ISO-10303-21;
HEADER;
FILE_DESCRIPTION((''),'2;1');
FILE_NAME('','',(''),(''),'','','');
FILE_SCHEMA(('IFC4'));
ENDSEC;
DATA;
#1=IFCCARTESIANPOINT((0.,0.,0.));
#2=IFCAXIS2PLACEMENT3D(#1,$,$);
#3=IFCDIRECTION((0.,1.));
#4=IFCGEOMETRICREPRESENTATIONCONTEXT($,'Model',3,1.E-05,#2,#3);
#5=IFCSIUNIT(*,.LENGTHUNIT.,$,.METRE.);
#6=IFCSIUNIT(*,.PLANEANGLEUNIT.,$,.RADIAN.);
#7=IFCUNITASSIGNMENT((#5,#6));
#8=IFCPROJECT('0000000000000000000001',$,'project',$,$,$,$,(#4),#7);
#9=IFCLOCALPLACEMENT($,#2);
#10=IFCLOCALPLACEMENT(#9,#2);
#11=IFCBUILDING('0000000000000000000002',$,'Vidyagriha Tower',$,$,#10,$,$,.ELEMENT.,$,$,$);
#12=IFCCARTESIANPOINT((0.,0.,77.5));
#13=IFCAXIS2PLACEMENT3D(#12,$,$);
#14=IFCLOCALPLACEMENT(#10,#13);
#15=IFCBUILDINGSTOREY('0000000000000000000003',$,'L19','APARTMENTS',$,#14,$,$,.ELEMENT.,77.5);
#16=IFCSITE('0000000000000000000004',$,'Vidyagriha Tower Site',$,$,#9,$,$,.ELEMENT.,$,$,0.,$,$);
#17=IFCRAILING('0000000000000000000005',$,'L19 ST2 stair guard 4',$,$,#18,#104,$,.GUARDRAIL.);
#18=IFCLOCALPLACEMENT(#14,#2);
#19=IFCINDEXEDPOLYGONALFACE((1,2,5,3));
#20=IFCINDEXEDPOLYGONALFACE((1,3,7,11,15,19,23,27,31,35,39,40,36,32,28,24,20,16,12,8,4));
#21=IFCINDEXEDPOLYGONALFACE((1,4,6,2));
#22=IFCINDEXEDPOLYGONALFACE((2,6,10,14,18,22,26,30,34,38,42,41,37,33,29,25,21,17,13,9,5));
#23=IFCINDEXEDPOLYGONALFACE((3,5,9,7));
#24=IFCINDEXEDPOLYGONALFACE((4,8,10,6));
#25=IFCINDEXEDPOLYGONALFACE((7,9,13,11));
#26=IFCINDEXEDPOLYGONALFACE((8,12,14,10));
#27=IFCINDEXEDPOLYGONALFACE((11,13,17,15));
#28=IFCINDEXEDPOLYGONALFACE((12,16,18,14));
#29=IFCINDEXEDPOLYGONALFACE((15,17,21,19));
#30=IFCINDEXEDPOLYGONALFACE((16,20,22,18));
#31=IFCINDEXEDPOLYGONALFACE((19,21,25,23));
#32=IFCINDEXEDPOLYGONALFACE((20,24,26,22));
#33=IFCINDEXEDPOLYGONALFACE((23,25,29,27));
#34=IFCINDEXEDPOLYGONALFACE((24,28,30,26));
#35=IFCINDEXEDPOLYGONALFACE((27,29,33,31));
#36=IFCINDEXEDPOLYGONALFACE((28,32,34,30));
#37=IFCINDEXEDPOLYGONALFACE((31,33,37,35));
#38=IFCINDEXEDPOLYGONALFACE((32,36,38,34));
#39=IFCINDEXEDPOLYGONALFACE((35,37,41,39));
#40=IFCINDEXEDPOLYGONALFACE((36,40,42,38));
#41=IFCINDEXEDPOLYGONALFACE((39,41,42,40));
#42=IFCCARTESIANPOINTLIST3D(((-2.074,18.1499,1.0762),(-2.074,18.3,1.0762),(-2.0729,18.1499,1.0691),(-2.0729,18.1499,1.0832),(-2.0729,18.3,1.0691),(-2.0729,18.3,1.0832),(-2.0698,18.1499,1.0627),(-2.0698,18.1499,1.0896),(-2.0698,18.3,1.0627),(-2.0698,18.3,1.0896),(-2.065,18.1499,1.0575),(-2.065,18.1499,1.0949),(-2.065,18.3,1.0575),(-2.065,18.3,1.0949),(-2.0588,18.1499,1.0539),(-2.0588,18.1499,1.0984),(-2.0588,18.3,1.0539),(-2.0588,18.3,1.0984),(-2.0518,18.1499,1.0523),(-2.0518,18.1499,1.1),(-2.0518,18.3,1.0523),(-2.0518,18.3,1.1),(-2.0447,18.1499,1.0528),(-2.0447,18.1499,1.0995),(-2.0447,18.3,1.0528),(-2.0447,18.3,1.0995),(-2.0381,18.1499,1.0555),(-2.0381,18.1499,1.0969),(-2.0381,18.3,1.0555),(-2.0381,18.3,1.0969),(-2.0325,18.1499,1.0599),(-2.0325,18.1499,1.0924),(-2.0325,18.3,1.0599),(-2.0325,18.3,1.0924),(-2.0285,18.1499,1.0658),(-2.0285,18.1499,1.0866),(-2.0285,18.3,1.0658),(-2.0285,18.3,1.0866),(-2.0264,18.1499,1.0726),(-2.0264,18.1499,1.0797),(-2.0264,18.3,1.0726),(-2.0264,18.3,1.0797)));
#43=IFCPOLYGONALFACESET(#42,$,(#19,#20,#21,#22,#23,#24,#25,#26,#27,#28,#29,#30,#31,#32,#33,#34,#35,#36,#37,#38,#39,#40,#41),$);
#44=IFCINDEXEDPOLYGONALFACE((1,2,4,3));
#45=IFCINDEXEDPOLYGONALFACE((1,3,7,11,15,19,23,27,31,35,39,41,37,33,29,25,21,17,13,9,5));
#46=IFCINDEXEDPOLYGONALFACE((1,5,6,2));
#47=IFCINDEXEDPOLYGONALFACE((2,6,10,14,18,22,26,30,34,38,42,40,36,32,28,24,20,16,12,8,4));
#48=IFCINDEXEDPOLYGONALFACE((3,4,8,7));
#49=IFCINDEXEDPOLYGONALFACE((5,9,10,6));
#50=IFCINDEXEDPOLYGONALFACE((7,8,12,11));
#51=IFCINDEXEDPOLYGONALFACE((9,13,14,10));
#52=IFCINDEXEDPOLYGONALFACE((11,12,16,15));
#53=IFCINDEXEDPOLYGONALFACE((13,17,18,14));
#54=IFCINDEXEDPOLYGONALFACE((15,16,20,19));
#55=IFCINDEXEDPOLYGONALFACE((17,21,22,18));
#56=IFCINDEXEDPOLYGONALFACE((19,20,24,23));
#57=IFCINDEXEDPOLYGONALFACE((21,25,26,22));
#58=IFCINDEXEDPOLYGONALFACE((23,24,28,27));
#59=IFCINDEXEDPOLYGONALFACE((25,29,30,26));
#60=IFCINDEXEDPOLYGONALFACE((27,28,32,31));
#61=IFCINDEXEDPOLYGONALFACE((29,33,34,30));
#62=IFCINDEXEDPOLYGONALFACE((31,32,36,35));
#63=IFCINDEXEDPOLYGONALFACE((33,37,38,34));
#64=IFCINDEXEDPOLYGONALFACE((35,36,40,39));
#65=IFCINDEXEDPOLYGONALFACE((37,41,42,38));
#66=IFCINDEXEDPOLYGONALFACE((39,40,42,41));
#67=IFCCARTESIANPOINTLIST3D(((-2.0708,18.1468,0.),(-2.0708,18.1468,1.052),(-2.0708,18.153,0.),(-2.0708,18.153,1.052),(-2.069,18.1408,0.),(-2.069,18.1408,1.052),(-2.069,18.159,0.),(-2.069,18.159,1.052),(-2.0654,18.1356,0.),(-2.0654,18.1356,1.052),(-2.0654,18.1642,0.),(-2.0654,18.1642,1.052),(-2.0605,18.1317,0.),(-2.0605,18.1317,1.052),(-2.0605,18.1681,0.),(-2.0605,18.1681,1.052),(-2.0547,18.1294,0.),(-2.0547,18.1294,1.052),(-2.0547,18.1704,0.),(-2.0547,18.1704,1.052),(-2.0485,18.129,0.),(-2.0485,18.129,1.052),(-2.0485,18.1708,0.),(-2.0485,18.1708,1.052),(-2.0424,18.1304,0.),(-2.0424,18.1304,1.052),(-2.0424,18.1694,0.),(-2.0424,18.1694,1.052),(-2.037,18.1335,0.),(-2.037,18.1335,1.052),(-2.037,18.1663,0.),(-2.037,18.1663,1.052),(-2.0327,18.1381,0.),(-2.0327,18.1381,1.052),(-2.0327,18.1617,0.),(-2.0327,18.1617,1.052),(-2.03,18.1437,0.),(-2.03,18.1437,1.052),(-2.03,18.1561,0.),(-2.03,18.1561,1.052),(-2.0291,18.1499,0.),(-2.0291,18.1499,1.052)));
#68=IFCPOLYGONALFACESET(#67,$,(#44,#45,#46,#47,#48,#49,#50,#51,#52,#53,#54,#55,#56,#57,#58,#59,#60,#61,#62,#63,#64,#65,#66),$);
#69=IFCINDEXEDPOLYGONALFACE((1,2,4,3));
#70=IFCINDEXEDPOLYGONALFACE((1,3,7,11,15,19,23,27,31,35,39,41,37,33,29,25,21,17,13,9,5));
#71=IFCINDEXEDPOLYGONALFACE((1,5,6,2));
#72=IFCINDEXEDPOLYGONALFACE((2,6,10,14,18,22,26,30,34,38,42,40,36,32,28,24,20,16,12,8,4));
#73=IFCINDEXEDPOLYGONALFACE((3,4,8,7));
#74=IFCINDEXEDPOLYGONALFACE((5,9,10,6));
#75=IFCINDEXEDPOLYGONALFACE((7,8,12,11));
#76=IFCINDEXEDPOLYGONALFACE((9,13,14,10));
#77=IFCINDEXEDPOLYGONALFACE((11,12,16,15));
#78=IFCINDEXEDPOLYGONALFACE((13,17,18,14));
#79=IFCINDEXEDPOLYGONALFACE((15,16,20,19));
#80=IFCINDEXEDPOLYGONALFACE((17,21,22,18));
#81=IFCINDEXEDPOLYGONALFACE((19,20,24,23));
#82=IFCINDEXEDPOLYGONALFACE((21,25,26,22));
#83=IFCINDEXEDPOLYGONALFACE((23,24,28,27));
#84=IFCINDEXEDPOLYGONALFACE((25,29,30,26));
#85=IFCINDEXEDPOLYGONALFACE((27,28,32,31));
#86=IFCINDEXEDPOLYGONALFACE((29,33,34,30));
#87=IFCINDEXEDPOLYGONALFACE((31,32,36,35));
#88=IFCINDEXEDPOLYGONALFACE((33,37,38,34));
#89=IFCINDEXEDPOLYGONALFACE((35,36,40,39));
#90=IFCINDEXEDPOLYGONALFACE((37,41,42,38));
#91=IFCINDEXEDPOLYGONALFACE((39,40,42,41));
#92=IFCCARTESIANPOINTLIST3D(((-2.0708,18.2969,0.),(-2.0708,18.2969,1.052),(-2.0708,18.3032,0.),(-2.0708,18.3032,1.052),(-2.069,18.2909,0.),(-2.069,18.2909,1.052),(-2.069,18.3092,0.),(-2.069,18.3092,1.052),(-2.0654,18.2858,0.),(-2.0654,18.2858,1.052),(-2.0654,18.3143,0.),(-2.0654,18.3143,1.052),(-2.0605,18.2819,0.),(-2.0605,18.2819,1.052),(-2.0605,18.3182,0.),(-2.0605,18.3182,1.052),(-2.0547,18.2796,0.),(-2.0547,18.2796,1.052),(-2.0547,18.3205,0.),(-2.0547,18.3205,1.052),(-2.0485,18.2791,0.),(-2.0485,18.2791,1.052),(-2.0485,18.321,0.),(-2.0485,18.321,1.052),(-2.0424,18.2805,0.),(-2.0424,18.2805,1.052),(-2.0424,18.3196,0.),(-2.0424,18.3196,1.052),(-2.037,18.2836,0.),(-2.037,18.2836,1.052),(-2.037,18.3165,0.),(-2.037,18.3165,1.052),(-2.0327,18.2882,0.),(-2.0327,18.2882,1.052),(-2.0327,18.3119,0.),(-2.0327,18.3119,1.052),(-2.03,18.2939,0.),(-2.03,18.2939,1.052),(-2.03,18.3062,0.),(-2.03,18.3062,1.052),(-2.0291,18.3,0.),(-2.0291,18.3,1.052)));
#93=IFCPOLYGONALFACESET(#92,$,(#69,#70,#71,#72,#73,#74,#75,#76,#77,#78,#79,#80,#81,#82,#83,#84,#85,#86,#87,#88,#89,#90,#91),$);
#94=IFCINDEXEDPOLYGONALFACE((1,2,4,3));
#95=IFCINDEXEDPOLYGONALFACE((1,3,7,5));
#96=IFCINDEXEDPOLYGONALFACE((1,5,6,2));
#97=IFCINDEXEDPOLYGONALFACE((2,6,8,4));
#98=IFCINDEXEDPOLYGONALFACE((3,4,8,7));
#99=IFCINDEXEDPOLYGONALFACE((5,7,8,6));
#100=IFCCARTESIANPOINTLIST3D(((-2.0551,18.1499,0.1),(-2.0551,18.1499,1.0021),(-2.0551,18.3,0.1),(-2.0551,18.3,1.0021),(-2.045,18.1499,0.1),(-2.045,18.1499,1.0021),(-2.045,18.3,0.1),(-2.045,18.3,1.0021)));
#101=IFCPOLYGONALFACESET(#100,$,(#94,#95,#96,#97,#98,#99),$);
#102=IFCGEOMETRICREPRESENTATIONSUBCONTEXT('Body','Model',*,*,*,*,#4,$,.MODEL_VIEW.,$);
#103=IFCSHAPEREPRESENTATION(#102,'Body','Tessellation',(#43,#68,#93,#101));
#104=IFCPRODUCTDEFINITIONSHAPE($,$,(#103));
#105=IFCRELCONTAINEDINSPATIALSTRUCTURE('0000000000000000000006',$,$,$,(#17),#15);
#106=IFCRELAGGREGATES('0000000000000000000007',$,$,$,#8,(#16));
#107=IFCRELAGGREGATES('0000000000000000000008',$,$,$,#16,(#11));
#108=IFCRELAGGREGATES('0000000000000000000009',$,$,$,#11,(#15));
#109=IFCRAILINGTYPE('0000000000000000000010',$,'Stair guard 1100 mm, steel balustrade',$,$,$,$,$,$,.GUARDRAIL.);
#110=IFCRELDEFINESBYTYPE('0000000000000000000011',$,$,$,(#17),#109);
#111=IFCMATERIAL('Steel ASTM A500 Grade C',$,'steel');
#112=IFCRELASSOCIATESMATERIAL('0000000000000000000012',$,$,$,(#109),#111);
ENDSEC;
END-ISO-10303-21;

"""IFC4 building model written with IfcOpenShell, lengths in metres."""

from ifc_helpers import new_model, si_unit, direction, frame, origin, origin_2d, place, context, subcontext, project, spatial, rectangle, circle, extrude, material, type_object, element, save


model = new_model("IFC4")

# Units and contexts
model_context = context("Model", 3, precision=1e-05, world=origin(), true_north=direction((0.0, 1.0)))
body_context = subcontext(model_context, "Body", "Model", "MODEL_VIEW")
ifc_project = project(units=[si_unit("LENGTHUNIT", "METRE"), si_unit("PLANEANGLEUNIT", "RADIAN")], contexts=[model_context])

# Site, building, storey
site_placement = place(None, origin())
site = spatial("IfcSite", under=ifc_project, at=site_placement, Name="Vidyagriha Tower Site", CompositionType="ELEMENT", RefElevation=0.0)
building_placement = place(site_placement, origin())
building = spatial("IfcBuilding", under=site, at=building_placement, Name="Vidyagriha Tower", CompositionType="ELEMENT")
storey_placement = place(building_placement, frame((0.0, 0.0, 77.5)))
storey = spatial("IfcBuildingStorey", under=building, at=storey_placement, Name="L19", Description="APARTMENTS", CompositionType="ELEMENT", Elevation=77.5)

# Railing
ifc_material_1 = material(Name="Steel ASTM A500 Grade C", Category="steel")
railing_type_1 = type_object("IfcRailingType", Name="Stair guard 1100 mm, steel balustrade", PredefinedType="GUARDRAIL", material=ifc_material_1)
railing_1_placement = place(storey_placement, frame((-2.05, 18.1499, 0.0)))
element("IfcRailing", 1, at=railing_1_placement, inside=storey, type_object=railing_type_1, Name="L19 ST2 stair guard 4", PredefinedType="GUARDRAIL", context=body_context, shape_type="SweptSolid", body=[
    extrude(circle(Radius=0.0239, at=origin_2d()), frame((0.0, 0.0, 1.0762), z_axis=(0.0, 1.0, 0.0), x_axis=(-1.0, 0.0, 0.0)), (0.0, 0.0, 1.0), 0.1501),
    extrude(circle(Radius=0.021, at=origin_2d()), origin(), (0.0, 0.0, 1.0), 1.052),
    extrude(circle(Radius=0.021, at=origin_2d()), frame((0.0, 0.1501, 0.0)), (0.0, 0.0, 1.0), 1.052),
    extrude(rectangle(XDim=0.01, YDim=0.9021, at=origin_2d()), frame((0.0, 0.0, 0.551), z_axis=(0.0, 1.0, 0.0), x_axis=(-1.0, 0.0, 0.0)), (0.0, 0.0, 1.0), 0.1501),
])

save(model, "model.ifc")
